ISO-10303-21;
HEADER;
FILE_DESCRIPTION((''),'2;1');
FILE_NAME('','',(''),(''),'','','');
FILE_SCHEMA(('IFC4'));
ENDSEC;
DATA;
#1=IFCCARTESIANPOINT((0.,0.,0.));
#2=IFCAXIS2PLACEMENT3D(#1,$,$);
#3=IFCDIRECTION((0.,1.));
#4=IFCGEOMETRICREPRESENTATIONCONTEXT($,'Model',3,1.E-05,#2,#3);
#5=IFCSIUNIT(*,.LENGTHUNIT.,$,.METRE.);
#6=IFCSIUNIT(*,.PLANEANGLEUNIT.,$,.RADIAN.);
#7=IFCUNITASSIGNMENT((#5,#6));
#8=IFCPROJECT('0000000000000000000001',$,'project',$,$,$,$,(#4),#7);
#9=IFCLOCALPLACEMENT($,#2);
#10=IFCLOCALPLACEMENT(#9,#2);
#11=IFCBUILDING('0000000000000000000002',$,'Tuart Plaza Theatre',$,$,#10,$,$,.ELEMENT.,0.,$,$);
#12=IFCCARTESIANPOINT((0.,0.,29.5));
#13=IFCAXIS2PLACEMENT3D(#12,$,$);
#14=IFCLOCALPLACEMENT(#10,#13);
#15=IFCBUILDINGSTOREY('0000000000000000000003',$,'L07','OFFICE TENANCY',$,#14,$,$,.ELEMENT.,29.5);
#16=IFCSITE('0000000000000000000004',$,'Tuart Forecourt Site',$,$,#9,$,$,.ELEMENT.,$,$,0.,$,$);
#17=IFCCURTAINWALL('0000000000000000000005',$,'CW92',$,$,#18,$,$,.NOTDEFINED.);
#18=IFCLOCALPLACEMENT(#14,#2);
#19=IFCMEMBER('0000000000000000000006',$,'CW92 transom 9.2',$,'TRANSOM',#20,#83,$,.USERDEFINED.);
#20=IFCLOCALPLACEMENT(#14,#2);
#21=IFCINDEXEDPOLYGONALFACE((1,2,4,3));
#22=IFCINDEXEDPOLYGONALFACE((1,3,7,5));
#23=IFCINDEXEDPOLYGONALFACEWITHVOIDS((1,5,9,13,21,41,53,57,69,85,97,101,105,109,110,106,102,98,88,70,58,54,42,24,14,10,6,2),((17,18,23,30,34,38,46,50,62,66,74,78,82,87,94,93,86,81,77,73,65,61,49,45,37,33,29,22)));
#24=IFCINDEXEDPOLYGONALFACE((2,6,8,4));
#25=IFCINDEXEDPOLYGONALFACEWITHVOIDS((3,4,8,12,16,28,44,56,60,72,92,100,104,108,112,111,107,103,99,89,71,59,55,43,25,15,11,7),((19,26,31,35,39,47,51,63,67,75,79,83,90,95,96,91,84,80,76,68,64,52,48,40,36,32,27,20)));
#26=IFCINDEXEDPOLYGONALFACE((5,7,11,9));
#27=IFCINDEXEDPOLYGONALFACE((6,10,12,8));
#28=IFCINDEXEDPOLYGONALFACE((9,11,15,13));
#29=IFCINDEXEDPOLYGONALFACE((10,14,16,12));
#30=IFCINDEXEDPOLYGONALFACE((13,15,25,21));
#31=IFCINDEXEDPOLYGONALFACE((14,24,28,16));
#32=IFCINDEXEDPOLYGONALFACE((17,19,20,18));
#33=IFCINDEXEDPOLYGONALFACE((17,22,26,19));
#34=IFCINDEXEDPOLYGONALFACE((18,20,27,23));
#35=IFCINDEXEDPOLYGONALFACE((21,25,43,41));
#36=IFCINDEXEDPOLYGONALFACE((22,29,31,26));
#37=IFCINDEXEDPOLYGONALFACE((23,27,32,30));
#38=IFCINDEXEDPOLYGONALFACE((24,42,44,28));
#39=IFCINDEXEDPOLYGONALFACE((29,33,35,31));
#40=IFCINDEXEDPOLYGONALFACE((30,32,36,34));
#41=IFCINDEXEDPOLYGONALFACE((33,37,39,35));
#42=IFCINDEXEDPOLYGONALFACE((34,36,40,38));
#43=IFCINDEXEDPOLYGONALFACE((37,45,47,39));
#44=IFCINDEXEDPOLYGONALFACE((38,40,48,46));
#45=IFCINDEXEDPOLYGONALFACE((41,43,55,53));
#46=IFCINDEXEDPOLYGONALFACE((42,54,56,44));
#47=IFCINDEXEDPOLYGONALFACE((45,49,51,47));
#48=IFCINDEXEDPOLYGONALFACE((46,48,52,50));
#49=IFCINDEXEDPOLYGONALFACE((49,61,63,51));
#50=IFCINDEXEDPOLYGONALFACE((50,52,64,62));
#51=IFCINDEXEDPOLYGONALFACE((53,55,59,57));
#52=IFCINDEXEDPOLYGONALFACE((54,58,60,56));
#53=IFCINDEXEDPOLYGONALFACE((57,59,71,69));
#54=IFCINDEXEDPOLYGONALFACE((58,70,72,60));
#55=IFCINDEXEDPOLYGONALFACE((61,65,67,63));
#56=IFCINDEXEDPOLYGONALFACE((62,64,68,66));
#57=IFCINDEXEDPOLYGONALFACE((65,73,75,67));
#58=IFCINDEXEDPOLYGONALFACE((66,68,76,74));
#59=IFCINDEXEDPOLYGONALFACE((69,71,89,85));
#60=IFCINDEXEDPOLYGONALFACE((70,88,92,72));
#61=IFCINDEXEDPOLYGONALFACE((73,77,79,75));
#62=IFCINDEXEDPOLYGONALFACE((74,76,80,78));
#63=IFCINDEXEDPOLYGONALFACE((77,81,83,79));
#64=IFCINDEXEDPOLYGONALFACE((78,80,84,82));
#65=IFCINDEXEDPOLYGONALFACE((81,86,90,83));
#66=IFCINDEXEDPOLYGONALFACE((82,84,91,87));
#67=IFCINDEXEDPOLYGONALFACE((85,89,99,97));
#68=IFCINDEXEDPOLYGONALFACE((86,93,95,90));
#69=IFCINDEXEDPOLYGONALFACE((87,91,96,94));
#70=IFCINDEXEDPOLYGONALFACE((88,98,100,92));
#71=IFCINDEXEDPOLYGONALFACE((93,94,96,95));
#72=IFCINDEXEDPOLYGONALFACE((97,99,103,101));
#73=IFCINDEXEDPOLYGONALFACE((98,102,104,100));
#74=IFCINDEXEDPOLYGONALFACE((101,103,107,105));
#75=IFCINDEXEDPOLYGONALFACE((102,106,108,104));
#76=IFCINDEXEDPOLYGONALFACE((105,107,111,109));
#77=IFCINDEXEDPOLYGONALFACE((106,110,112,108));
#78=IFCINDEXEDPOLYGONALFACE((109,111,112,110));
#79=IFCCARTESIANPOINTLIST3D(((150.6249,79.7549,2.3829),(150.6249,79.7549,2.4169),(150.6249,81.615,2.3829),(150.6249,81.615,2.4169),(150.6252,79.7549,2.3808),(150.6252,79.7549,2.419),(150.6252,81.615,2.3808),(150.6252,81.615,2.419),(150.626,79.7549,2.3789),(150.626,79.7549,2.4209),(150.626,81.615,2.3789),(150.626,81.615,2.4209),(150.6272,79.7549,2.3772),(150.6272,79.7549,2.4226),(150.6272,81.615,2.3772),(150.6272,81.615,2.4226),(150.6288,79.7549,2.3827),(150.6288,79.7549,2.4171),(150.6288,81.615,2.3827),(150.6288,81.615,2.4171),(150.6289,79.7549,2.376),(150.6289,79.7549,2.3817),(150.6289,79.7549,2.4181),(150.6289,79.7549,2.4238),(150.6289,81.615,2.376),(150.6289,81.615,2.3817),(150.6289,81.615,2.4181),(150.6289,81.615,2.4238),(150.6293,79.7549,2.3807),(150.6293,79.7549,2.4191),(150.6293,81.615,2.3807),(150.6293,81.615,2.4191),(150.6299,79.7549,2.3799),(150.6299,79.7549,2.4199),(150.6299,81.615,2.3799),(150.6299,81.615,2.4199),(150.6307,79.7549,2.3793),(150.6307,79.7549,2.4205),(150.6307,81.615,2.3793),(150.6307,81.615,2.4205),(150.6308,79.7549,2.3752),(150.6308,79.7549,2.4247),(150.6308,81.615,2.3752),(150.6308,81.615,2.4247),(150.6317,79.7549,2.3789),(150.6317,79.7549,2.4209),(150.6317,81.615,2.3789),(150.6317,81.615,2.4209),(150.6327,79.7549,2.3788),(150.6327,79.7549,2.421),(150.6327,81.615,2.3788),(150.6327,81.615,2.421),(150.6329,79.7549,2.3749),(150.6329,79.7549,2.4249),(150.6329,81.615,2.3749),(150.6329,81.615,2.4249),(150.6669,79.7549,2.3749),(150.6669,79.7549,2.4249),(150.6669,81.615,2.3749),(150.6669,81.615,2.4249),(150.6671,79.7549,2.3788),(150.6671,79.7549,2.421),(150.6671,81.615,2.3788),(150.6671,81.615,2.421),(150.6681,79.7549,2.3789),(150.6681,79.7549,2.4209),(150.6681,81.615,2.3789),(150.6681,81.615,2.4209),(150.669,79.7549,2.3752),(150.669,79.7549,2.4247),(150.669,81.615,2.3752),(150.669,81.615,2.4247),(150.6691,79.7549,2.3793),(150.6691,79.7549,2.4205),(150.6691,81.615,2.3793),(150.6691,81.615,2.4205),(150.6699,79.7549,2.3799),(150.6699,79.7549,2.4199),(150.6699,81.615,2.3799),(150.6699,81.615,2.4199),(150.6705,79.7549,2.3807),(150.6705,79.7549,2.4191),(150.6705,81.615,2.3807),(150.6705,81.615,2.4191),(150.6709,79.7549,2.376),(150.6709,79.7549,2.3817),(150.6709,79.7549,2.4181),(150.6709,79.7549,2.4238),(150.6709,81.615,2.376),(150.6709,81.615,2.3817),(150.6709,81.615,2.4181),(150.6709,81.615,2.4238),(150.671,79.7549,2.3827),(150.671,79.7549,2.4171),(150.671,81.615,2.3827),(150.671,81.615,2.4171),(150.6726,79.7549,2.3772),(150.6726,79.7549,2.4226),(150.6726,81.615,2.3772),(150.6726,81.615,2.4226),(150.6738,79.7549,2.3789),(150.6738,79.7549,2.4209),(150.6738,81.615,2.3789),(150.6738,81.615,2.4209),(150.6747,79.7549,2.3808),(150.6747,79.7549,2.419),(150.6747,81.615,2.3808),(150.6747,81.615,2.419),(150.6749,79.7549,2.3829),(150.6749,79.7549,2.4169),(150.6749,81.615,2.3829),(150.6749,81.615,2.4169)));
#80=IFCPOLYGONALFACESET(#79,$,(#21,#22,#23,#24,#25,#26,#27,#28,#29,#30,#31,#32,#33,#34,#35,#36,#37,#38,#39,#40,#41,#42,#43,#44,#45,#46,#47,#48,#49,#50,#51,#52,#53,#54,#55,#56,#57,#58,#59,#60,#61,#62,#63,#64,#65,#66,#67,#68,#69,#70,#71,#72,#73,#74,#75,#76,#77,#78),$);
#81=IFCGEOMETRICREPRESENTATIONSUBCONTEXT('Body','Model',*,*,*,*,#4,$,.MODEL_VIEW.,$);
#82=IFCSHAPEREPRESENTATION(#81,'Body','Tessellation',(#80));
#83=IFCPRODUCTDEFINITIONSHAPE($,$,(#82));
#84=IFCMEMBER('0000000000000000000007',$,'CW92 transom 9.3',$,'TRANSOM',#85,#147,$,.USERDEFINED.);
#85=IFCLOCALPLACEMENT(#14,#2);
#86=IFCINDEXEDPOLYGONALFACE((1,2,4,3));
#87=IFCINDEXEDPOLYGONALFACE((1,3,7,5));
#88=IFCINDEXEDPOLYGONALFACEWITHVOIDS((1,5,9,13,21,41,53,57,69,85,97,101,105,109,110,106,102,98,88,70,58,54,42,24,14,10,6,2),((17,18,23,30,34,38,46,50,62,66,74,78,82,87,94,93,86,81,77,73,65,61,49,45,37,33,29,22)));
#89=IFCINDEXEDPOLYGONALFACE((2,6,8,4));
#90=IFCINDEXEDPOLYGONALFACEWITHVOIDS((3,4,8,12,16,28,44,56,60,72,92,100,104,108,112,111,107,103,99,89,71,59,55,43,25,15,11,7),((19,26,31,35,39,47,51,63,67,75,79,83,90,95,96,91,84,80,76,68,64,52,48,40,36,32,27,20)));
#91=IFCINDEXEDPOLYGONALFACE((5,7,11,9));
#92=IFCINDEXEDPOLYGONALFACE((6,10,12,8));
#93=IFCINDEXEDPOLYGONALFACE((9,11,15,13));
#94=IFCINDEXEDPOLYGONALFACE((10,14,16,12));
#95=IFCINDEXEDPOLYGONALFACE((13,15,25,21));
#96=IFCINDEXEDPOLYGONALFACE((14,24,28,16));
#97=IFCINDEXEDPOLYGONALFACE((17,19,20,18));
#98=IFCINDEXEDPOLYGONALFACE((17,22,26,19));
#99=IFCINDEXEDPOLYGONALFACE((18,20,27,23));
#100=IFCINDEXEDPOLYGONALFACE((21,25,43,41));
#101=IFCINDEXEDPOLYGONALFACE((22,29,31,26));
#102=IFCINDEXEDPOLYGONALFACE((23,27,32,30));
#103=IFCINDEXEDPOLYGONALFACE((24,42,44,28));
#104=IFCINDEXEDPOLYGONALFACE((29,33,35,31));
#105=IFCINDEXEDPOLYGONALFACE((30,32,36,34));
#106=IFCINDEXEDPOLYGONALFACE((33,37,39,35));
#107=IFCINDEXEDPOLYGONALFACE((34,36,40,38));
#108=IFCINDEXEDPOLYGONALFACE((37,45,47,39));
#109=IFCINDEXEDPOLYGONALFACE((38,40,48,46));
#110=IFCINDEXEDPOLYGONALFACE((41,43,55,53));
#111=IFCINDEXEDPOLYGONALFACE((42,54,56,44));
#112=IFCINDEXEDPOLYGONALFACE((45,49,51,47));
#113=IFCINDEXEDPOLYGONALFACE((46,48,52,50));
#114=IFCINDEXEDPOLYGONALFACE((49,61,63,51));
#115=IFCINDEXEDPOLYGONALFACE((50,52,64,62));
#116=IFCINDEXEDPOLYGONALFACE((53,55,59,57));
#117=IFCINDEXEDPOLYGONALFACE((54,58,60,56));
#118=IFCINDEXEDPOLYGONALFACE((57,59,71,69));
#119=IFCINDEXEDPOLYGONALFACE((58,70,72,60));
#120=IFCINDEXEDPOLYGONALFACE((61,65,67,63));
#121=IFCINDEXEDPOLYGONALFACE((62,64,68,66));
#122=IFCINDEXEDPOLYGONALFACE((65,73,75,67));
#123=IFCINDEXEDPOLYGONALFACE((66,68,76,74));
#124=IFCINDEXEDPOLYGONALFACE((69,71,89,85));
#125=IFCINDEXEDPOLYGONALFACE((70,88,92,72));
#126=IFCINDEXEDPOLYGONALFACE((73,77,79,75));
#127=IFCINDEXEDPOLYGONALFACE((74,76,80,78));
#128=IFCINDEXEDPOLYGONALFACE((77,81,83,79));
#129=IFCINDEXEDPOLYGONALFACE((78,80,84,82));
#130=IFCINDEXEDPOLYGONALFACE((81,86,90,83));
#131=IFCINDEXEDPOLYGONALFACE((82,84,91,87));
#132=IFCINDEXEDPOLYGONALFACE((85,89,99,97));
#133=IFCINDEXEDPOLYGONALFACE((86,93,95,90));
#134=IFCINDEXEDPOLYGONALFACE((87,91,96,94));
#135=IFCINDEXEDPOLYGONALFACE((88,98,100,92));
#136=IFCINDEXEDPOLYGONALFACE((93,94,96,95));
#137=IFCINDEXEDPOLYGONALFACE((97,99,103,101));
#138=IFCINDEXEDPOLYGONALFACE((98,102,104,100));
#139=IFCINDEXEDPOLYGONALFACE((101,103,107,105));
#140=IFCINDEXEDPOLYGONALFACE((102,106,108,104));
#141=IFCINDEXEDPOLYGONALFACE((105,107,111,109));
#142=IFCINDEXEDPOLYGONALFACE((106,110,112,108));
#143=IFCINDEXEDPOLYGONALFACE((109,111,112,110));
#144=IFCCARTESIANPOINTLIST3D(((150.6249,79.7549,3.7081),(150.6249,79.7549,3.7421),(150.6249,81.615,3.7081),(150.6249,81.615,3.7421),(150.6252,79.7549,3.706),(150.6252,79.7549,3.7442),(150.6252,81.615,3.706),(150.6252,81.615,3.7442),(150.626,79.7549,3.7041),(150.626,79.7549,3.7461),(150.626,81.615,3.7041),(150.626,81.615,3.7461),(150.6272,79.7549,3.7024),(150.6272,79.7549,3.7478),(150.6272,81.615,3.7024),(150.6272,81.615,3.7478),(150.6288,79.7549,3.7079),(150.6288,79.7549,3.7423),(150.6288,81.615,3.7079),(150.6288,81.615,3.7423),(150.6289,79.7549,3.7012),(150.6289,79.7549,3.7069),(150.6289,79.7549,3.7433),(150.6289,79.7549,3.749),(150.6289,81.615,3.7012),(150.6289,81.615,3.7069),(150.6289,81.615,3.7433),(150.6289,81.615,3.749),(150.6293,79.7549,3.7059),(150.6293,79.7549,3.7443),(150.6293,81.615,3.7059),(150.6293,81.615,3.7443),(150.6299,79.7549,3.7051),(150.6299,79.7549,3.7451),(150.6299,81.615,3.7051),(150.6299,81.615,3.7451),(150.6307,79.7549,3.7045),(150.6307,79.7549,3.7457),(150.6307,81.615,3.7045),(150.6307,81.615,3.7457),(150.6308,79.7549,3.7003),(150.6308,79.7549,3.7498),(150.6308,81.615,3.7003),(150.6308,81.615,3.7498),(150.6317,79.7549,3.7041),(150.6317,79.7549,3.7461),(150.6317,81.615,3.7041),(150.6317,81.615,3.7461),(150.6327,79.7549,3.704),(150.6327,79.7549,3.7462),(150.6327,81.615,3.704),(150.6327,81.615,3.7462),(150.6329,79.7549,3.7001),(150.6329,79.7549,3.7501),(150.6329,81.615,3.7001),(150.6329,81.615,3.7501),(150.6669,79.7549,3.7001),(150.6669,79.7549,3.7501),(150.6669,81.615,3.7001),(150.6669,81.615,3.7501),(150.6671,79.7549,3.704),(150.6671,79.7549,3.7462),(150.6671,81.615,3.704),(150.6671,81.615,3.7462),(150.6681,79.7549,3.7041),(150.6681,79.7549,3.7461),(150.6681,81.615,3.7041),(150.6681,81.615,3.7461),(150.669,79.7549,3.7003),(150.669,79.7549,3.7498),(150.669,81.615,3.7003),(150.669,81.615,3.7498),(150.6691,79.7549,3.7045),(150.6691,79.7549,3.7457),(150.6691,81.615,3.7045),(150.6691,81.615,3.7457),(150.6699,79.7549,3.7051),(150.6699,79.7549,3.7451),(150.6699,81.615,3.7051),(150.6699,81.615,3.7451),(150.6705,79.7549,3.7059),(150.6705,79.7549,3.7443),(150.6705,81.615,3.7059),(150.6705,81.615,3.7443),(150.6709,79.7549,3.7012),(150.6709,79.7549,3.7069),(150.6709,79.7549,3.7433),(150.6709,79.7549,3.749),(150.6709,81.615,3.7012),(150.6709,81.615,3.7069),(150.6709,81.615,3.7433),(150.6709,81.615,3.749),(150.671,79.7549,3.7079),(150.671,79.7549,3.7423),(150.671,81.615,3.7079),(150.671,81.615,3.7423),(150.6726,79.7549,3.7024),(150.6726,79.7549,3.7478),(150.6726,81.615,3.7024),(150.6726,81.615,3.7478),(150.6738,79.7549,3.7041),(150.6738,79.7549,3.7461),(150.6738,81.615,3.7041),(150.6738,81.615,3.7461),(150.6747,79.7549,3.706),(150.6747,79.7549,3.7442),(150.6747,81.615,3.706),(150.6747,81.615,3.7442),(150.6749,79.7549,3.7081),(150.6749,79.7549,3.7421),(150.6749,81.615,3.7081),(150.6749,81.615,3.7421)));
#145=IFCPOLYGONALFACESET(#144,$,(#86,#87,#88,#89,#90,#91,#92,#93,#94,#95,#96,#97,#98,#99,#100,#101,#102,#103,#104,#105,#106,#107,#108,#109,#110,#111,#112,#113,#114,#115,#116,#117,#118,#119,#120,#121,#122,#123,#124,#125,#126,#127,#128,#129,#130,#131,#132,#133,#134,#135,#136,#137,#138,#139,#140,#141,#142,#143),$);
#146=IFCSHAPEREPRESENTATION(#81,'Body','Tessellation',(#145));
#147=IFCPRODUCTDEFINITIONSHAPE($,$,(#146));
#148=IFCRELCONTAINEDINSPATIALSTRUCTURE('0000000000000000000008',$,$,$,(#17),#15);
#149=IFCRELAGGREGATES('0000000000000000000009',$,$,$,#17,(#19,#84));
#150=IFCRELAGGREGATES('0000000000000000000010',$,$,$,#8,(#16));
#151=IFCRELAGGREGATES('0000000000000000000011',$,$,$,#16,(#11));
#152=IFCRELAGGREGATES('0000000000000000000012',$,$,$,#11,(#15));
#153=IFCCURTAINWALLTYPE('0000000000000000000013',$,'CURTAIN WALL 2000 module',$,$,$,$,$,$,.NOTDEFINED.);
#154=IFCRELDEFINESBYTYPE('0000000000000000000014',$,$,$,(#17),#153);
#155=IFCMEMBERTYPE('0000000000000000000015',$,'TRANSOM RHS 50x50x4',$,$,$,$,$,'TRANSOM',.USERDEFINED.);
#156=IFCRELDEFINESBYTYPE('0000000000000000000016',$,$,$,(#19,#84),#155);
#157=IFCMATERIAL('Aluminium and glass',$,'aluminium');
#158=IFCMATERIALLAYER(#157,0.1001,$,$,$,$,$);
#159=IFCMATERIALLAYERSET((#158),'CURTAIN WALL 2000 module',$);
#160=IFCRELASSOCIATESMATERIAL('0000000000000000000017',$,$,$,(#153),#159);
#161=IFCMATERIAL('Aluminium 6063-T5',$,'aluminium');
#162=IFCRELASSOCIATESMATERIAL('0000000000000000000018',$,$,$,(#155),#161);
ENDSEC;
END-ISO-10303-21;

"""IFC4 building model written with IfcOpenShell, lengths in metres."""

from ifc_helpers import new_model, si_unit, direction, frame, origin, origin_2d, place, context, subcontext, project, spatial, hollow_rectangle, extrude, material, layer, layer_set, material_profile, profile_set, type_object, element, aggregate, save


model = new_model("IFC4")

# Units and contexts
model_context = context("Model", 3, precision=1e-05, world=origin(), true_north=direction((0.0, 1.0)))
body_context = subcontext(model_context, "Body", "Model", "MODEL_VIEW")
ifc_project = project(units=[si_unit("LENGTHUNIT", "METRE"), si_unit("PLANEANGLEUNIT", "RADIAN")], contexts=[model_context])

# Site, building, storey
site_placement = place(None, origin())
site = spatial("IfcSite", under=ifc_project, at=site_placement, Name="Tuart Forecourt Site", CompositionType="ELEMENT", RefElevation=0.0)
building_placement = place(site_placement, origin())
building = spatial("IfcBuilding", under=site, at=building_placement, Name="Tuart Plaza Theatre", CompositionType="ELEMENT", ElevationOfRefHeight=0.0)
storey_placement = place(building_placement, frame((0.0, 0.0, 29.5)))
storey = spatial("IfcBuildingStorey", under=building, at=storey_placement, Name="L07", Description="OFFICE TENANCY", CompositionType="ELEMENT", Elevation=29.5)

# Curtain wall, members
ifc_material_1 = material(Name="Aluminium and glass", Category="aluminium")
ifc_layer_1 = layer(ifc_material_1, 0.1001)
ifc_layer_set_1 = layer_set([ifc_layer_1], Name="CURTAIN WALL 2000 module")
curtain_wall_type = type_object("IfcCurtainWallType", Name="CURTAIN WALL 2000 module", PredefinedType="NOTDEFINED", material=ifc_layer_set_1)
curtain_wall_placement = place(storey_placement, origin())
curtain_wall = element("IfcCurtainWall", 1, at=curtain_wall_placement, inside=storey, type_object=curtain_wall_type, Name="CW92", PredefinedType="NOTDEFINED")
ifc_material_2 = material(Name="Aluminium 6063-T5", Category="aluminium")
ifc_material_profile_1 = material_profile(ifc_material_2, hollow_rectangle(XDim=0.05, YDim=0.05, WallThickness=0.0039, InnerFilletRadius=0.0039, OuterFilletRadius=0.0081, at=origin_2d()), Name="RHS 50x50x4")
ifc_profile_set_1 = profile_set([ifc_material_profile_1], Name="Aluminium 6063-T5")
member_type_1 = type_object("IfcMemberType", Name="TRANSOM RHS 50x50x4", ElementType="TRANSOM", PredefinedType="USERDEFINED", material=ifc_profile_set_1)
member_1_placement = place(storey_placement, frame((150.6499, 79.7549, 2.3999), z_axis=(0.0, 1.0, 0.0), x_axis=(-1.0, 0.0, 0.0)))
member_1 = element("IfcMember", 2, at=member_1_placement, type_object=member_type_1, Name="CW92 transom 9.2", ObjectType="TRANSOM", PredefinedType="USERDEFINED", context=body_context, shape_type="SweptSolid", body=[
    extrude(hollow_rectangle(XDim=0.05, YDim=0.05, WallThickness=0.0039, InnerFilletRadius=0.0039, OuterFilletRadius=0.0081, at=origin_2d()), origin(), (0.0, 0.0, 1.0), 1.8601),
])
member_2_placement = place(storey_placement, frame((150.6499, 79.7549, 3.7251), z_axis=(0.0, 1.0, 0.0), x_axis=(-1.0, 0.0, 0.0)))
member_2 = element("IfcMember", 3, at=member_2_placement, type_object=member_type_1, Name="CW92 transom 9.3", ObjectType="TRANSOM", PredefinedType="USERDEFINED", context=body_context, shape_type="SweptSolid", body=[
    extrude(hollow_rectangle(XDim=0.05, YDim=0.05, WallThickness=0.0039, InnerFilletRadius=0.0039, OuterFilletRadius=0.0081, at=origin_2d()), origin(), (0.0, 0.0, 1.0), 1.8601),
])
aggregate(curtain_wall, [member_1, member_2])

save(model, "model.ifc")
